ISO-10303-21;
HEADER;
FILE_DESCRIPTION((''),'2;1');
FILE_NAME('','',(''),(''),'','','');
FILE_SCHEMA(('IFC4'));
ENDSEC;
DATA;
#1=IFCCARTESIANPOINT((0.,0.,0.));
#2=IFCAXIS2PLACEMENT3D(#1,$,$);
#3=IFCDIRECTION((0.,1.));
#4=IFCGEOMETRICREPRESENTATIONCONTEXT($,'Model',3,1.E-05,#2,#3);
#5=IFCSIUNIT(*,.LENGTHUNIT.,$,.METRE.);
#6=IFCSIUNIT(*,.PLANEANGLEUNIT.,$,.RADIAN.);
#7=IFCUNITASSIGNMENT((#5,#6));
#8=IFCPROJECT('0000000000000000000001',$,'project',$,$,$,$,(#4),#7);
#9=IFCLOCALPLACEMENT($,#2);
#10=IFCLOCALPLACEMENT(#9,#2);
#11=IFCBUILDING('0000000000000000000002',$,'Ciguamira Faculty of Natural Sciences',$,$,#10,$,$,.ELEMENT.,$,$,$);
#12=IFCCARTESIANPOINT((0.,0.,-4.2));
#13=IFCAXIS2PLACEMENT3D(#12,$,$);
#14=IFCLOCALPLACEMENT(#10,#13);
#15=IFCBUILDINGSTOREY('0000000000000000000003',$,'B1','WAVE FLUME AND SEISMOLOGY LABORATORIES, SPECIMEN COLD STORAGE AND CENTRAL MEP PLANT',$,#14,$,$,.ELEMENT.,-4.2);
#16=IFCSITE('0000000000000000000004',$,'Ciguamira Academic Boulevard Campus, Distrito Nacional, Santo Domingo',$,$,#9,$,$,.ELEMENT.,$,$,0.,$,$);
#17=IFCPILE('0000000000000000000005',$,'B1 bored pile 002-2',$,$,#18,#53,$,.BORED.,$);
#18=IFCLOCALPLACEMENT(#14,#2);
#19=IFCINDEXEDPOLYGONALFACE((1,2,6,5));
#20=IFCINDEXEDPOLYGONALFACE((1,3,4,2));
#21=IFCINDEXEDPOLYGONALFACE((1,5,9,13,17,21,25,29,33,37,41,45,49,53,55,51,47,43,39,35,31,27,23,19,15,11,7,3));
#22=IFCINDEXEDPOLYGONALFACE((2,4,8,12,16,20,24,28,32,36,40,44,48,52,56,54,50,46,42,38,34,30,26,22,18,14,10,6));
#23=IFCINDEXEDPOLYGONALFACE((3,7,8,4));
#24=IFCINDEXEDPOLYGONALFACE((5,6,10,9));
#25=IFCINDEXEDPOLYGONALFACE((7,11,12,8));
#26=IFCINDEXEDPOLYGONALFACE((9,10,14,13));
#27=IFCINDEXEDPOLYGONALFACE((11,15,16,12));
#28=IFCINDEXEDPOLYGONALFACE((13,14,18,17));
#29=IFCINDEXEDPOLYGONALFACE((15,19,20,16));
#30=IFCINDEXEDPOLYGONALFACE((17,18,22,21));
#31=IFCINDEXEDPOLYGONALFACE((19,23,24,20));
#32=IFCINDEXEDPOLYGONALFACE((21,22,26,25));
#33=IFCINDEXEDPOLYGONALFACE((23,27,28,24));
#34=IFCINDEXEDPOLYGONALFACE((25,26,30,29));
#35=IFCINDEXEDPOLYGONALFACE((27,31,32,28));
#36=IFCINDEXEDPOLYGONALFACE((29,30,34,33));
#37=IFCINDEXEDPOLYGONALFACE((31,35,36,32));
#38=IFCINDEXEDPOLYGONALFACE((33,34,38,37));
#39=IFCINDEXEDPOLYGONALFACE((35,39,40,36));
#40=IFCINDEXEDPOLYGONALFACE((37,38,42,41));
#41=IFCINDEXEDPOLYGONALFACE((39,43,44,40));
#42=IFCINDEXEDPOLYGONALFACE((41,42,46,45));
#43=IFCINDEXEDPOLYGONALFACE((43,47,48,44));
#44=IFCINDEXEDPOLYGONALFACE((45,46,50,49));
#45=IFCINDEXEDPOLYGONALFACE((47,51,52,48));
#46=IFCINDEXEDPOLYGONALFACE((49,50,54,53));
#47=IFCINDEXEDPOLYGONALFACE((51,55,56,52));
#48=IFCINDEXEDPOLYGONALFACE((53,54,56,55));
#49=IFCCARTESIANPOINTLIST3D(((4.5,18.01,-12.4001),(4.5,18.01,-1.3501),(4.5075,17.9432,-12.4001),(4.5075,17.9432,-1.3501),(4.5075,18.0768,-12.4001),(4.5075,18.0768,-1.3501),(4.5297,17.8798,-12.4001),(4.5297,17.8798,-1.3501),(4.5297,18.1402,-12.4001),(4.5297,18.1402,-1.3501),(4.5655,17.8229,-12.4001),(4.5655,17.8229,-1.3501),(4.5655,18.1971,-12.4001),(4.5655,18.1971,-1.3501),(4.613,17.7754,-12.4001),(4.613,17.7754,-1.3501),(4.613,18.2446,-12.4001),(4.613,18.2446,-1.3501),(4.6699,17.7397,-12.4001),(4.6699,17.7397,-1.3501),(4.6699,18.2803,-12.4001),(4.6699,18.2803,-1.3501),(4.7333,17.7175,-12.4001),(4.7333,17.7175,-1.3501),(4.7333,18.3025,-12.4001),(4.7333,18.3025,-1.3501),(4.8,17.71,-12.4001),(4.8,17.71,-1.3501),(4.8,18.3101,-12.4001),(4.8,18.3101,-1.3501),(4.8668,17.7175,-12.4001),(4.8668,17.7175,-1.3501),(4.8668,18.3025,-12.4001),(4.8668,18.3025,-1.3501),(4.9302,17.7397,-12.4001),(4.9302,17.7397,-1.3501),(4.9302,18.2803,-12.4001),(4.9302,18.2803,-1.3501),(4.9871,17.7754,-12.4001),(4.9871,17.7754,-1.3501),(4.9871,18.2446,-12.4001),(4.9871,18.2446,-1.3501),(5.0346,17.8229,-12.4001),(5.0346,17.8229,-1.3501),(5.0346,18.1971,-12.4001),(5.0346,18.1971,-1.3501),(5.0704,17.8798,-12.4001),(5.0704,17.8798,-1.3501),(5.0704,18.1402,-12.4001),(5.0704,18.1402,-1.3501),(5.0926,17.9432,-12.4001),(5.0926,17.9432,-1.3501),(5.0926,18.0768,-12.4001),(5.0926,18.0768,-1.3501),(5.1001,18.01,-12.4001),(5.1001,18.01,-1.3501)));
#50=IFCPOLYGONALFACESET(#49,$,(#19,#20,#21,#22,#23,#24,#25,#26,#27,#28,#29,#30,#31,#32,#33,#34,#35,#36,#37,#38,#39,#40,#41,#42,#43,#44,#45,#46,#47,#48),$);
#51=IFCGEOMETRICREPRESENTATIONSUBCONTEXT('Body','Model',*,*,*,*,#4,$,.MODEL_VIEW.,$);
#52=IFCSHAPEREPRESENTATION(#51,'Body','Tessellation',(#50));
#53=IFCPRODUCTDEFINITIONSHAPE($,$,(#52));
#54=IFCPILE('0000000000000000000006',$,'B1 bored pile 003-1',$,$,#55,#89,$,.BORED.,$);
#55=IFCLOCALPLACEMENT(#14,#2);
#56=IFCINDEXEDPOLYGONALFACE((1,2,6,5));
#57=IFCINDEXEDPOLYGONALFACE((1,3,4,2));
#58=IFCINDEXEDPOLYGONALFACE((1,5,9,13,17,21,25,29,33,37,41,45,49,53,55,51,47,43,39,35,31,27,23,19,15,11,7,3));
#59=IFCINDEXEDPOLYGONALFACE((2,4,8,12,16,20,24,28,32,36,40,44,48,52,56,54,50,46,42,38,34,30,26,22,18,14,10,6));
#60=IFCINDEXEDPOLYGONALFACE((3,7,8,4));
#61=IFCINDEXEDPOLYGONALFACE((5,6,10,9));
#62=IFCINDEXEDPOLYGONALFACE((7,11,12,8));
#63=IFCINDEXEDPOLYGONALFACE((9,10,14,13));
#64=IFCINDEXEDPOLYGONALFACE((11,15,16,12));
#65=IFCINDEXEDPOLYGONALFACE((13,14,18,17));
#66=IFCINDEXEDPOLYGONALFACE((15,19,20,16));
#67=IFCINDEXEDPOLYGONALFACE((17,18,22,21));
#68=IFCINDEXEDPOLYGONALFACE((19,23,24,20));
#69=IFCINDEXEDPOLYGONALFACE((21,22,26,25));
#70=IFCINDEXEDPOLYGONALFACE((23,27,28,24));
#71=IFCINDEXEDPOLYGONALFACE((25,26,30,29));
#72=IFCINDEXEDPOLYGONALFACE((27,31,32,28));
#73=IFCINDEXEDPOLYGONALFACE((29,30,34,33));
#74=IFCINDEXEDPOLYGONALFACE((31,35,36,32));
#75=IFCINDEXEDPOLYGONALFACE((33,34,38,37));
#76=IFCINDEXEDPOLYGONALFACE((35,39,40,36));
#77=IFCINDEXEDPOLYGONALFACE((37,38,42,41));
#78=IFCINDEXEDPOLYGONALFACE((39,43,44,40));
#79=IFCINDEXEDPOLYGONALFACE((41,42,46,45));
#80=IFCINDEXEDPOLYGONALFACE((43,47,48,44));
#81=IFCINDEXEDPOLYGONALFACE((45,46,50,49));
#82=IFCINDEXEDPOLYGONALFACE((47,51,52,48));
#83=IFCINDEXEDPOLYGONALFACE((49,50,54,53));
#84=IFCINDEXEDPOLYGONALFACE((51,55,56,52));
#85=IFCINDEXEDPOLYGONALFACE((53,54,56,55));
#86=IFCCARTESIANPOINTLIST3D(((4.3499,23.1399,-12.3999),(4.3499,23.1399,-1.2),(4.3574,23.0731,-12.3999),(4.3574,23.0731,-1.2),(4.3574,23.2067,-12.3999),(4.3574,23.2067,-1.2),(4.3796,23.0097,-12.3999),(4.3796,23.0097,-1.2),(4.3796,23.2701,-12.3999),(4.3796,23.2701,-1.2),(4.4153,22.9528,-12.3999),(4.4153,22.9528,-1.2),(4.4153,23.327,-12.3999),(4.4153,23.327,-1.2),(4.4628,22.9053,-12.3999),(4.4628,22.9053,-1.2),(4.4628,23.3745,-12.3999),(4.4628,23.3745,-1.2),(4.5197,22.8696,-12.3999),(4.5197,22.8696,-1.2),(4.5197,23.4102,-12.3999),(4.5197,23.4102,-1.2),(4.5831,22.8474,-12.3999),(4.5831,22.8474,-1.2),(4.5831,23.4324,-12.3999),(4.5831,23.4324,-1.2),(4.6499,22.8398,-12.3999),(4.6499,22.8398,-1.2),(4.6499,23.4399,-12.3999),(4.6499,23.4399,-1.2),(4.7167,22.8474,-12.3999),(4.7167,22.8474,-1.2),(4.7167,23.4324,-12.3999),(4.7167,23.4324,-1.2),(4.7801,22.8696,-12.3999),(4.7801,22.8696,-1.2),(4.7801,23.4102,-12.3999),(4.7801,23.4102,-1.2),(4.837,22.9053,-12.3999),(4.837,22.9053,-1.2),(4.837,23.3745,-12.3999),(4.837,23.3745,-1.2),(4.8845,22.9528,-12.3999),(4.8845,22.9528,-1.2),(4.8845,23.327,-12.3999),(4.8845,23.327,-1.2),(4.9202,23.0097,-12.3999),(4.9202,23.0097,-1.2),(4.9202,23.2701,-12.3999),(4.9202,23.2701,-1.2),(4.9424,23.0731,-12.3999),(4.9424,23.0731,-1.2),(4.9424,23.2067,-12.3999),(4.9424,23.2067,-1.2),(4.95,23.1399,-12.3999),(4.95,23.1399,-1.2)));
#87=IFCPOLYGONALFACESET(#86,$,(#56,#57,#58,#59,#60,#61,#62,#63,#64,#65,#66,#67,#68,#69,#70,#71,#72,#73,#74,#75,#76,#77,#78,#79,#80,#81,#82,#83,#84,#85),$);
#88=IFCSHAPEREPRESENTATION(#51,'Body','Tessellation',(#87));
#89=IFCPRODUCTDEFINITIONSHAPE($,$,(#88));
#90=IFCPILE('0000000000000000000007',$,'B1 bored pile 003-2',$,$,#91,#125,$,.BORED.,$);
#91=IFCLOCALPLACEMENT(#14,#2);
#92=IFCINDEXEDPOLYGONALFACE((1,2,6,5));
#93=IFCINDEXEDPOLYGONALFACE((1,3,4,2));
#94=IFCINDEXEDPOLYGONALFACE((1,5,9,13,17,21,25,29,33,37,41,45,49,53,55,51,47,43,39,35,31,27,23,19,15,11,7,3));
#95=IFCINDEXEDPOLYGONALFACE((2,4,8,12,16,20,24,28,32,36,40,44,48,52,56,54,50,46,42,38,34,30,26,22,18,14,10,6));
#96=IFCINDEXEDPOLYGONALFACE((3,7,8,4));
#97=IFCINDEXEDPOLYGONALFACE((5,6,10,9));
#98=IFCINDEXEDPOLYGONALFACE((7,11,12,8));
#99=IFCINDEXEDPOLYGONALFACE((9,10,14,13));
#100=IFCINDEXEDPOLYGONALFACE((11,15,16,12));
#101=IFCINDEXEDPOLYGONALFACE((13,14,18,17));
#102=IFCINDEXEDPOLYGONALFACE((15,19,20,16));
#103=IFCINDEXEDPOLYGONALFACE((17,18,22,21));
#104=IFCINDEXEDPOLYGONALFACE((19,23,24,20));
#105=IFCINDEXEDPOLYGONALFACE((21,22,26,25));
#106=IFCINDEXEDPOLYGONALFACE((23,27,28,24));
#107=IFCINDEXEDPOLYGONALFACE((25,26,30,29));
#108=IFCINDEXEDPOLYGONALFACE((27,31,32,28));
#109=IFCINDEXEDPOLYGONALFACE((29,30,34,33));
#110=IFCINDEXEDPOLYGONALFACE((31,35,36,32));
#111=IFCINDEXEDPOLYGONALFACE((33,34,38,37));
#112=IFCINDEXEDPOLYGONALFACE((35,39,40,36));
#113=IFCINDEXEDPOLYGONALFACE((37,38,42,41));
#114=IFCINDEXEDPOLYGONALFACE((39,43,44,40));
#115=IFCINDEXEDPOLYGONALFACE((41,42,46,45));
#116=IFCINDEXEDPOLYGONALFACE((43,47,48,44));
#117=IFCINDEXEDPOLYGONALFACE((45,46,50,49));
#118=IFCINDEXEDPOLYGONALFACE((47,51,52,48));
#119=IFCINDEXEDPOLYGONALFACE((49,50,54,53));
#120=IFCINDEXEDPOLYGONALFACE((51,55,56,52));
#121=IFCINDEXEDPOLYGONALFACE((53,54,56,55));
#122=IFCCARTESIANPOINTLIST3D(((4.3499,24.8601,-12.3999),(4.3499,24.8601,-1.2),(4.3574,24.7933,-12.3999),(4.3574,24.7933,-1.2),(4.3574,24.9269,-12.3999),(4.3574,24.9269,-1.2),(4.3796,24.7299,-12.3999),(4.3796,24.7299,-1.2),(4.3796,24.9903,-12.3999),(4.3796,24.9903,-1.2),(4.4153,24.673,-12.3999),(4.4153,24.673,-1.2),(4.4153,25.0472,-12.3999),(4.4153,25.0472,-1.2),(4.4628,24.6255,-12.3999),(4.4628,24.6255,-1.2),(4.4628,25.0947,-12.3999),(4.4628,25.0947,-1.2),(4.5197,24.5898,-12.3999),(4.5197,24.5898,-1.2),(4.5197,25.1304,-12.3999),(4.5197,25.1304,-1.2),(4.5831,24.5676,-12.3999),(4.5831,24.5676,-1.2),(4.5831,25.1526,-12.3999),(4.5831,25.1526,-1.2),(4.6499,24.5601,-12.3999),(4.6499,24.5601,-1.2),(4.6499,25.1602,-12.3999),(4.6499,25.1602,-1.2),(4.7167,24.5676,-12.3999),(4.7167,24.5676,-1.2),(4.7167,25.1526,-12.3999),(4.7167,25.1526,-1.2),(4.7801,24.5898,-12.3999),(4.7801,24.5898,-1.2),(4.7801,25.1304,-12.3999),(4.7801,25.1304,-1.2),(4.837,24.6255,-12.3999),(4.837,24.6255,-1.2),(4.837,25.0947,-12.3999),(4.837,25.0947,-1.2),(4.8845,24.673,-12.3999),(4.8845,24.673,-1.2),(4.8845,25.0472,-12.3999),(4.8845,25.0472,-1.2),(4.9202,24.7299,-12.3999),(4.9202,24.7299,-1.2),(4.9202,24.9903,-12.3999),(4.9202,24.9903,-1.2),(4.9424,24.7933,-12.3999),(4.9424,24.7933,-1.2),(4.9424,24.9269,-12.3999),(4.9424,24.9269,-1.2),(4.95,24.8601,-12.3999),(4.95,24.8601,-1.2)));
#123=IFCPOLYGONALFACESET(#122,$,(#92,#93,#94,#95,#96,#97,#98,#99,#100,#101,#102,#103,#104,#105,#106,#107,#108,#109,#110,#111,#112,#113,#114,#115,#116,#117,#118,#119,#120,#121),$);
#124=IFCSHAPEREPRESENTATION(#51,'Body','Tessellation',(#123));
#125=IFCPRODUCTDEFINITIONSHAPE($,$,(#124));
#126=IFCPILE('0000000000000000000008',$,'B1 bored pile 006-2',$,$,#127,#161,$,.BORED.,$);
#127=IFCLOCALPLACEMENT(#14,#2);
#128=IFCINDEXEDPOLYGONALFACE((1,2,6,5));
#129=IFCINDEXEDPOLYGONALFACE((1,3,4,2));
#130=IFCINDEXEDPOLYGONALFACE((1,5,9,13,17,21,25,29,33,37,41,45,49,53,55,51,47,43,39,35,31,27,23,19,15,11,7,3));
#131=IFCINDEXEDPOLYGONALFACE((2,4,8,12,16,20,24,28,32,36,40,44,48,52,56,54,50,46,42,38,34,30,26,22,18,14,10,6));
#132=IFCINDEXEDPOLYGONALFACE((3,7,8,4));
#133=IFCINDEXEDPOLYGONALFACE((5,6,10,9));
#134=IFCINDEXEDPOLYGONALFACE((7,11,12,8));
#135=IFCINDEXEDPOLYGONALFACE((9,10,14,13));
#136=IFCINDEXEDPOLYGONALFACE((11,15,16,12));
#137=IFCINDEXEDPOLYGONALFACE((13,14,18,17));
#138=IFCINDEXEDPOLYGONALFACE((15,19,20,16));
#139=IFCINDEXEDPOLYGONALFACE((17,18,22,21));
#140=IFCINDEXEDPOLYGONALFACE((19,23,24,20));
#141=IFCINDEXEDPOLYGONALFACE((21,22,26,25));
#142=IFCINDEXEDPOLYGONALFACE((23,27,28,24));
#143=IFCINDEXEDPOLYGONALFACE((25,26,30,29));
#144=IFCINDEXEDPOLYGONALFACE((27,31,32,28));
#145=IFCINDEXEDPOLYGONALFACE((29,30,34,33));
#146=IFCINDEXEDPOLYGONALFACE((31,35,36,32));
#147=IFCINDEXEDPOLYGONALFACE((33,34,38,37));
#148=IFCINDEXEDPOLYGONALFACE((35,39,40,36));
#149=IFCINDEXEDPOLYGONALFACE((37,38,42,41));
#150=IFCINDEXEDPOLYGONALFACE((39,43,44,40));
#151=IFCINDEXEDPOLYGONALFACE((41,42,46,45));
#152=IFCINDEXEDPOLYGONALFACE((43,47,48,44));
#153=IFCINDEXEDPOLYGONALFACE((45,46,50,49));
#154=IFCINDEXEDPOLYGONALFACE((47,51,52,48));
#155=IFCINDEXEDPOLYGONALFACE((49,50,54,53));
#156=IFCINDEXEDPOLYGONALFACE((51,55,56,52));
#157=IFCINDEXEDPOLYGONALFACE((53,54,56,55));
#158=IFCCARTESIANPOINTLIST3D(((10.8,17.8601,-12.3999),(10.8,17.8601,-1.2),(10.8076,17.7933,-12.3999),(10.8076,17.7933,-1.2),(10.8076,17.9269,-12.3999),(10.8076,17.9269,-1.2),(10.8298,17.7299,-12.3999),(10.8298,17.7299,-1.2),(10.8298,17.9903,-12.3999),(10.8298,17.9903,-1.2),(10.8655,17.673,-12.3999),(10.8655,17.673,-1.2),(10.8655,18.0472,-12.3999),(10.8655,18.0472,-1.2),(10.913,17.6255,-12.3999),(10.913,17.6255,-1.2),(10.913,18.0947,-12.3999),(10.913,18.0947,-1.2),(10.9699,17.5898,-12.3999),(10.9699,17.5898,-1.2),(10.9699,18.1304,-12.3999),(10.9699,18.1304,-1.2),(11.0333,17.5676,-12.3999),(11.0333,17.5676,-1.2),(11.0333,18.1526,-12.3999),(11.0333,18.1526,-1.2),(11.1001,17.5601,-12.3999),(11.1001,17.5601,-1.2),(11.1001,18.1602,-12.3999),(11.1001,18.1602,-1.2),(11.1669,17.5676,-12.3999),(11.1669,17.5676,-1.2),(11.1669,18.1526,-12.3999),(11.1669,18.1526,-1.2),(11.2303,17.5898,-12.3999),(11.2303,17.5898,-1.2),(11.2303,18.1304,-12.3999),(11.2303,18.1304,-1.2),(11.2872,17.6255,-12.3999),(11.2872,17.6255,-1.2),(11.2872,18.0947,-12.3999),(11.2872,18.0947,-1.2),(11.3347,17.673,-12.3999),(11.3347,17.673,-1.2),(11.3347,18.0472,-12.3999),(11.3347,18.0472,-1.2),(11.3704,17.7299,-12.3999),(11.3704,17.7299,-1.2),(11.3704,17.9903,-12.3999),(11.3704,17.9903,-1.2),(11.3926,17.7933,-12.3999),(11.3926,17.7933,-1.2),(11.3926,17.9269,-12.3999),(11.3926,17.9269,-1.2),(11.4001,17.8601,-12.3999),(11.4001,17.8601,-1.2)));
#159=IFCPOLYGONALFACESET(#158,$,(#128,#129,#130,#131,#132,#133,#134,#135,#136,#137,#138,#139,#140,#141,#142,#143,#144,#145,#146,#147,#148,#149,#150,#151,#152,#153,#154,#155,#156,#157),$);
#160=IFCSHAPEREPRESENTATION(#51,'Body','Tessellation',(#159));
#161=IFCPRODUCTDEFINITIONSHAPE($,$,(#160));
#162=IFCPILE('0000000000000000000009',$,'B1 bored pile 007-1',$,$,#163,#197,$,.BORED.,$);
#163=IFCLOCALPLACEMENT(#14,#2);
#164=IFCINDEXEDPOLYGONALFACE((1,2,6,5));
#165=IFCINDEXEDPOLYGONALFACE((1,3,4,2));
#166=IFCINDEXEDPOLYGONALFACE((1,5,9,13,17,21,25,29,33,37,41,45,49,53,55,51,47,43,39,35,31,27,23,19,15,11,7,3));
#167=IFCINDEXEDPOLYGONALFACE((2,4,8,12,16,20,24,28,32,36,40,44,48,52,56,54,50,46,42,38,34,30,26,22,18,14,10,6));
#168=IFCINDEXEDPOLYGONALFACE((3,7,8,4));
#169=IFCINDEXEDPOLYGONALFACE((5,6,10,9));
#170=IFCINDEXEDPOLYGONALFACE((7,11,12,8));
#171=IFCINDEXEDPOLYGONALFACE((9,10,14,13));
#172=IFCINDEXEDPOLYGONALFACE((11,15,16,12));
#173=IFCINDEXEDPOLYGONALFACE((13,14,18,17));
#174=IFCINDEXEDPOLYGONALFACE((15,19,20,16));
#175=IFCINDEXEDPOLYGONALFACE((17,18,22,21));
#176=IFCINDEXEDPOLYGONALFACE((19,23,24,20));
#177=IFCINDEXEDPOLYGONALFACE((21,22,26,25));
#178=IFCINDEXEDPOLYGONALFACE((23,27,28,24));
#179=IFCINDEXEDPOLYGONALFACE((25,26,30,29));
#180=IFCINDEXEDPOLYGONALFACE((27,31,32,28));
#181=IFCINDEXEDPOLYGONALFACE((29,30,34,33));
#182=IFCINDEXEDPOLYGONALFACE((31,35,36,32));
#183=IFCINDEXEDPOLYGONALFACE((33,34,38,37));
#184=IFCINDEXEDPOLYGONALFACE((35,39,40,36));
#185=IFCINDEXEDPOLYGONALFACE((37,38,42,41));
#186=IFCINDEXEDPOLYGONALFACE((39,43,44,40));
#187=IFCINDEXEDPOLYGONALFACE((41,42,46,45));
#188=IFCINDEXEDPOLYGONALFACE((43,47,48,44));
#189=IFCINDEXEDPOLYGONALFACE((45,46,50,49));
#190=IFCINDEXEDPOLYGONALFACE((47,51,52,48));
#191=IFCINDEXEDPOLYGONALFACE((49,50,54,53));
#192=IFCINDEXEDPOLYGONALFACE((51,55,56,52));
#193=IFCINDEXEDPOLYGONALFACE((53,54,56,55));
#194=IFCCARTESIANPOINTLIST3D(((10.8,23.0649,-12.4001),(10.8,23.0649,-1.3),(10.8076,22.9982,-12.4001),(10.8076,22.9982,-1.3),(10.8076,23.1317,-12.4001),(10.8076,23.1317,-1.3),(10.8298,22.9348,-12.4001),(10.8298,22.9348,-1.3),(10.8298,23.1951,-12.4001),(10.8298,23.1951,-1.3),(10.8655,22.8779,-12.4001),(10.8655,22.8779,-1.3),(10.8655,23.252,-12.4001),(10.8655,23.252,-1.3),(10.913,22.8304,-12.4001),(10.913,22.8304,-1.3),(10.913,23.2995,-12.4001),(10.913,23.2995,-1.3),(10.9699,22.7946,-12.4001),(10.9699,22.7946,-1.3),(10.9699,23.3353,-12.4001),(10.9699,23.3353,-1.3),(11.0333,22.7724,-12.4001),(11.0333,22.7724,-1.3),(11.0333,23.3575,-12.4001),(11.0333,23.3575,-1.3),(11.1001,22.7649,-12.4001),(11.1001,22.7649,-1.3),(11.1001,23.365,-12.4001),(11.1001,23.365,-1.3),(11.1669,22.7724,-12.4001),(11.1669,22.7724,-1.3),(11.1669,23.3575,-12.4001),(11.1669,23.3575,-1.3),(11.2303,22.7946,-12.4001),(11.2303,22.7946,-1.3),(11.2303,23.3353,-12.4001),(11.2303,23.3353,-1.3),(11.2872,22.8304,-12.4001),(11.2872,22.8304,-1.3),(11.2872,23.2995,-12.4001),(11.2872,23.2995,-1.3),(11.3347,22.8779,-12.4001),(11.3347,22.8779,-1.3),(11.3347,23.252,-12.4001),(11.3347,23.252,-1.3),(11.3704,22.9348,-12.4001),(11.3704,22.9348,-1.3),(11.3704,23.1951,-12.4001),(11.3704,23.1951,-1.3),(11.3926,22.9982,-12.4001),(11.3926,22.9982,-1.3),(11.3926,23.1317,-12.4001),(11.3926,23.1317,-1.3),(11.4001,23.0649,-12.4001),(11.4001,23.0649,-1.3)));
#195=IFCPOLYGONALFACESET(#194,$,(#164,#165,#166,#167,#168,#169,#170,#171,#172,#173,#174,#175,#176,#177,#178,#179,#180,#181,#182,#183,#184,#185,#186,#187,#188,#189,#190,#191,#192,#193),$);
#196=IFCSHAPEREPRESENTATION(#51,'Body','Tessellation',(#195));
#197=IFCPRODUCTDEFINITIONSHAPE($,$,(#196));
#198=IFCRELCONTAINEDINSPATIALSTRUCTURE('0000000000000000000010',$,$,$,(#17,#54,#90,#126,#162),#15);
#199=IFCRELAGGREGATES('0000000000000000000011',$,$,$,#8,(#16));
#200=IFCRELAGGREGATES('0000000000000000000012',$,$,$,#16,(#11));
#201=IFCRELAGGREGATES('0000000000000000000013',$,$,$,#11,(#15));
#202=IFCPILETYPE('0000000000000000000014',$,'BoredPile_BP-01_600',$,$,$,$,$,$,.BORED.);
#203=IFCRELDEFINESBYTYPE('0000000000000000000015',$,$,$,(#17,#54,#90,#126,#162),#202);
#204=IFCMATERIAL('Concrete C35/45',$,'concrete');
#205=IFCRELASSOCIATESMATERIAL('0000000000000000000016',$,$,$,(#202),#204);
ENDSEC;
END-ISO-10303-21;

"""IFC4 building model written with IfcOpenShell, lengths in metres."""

from ifc_helpers import new_model, si_unit, direction, frame, origin, origin_2d, place, context, subcontext, project, spatial, circle, extrude, material, material_profile, profile_set, type_object, element, save


model = new_model("IFC4")

# Units and contexts
model_context = context("Model", 3, precision=1e-05, world=origin(), true_north=direction((0.0, 1.0)))
body_context = subcontext(model_context, "Body", "Model", "MODEL_VIEW")
ifc_project = project(units=[si_unit("LENGTHUNIT", "METRE"), si_unit("PLANEANGLEUNIT", "RADIAN")], contexts=[model_context])

# Site, building, storey
site_placement = place(None, origin())
site = spatial("IfcSite", under=ifc_project, at=site_placement, Name="Ciguamira Academic Boulevard Campus, Distrito Nacional, Santo Domingo", CompositionType="ELEMENT", RefElevation=0.0)
building_placement = place(site_placement, origin())
building = spatial("IfcBuilding", under=site, at=building_placement, Name="Ciguamira Faculty of Natural Sciences", CompositionType="ELEMENT")
storey_placement = place(building_placement, frame((0.0, 0.0, -4.2)))
storey = spatial("IfcBuildingStorey", under=building, at=storey_placement, Name="B1", Description="WAVE FLUME AND SEISMOLOGY LABORATORIES, SPECIMEN COLD STORAGE AND CENTRAL MEP PLANT", CompositionType="ELEMENT", Elevation=-4.2)

# Piles
ifc_material_1 = material(Name="Concrete C35/45", Category="concrete")
ifc_material_profile_1 = material_profile(ifc_material_1, circle(Radius=0.3, at=origin_2d()), Name="PILE-BORED-600")
ifc_profile_set_1 = profile_set([ifc_material_profile_1], Name="Concrete C35/45")
pile_type = type_object("IfcPileType", Name="BoredPile_BP-01_600", PredefinedType="BORED", material=ifc_profile_set_1)
pile_placement = place(storey_placement, frame((4.8, 18.01, -1.3501), z_axis=(0.0, 0.0, -1.0), x_axis=(1.0, 0.0, 0.0)))
element("IfcPile", 1, at=pile_placement, inside=storey, type_object=pile_type, Name="B1 bored pile 002-2", PredefinedType="BORED", context=body_context, shape_type="SweptSolid", body=[
    extrude(circle(Radius=0.3, at=origin_2d()), origin(), (0.0, 0.0, 1.0), 11.05),
])
for number, where, z_axis, x_axis, name in (
    (2, (4.6499, 23.1399, -1.2), (0.0, 0.0, -1.0), (1.0, 0.0, 0.0), "B1 bored pile 003-1"),
    (3, (4.6499, 24.8601, -1.2), (0.0, 0.0, -1.0), (1.0, 0.0, 0.0), "B1 bored pile 003-2"),
    (4, (11.1001, 17.8601, -1.2), (0.0, 0.0, -1.0), (1.0, 0.0, 0.0), "B1 bored pile 006-2"),
):
    element("IfcPile", number, at=place(storey_placement, frame(where, z_axis=z_axis, x_axis=x_axis)), inside=storey, type_object=pile_type, Name=name, PredefinedType="BORED", context=body_context, shape_type="SweptSolid", body=[
        extrude(circle(Radius=0.3, at=origin_2d()), origin(), (0.0, 0.0, 1.0), 11.2),
    ])
for number, where, z_axis, x_axis, name in (
    (5, (11.1001, 23.0649, -1.3), (0.0, 0.0, -1.0), (1.0, 0.0, 0.0), "B1 bored pile 007-1"),
):
    element("IfcPile", number, at=place(storey_placement, frame(where, z_axis=z_axis, x_axis=x_axis)), inside=storey, type_object=pile_type, Name=name, PredefinedType="BORED", context=body_context, shape_type="SweptSolid", body=[
        extrude(circle(Radius=0.3, at=origin_2d()), origin(), (0.0, 0.0, 1.0), 11.1001),
    ])

save(model, "model.ifc")
